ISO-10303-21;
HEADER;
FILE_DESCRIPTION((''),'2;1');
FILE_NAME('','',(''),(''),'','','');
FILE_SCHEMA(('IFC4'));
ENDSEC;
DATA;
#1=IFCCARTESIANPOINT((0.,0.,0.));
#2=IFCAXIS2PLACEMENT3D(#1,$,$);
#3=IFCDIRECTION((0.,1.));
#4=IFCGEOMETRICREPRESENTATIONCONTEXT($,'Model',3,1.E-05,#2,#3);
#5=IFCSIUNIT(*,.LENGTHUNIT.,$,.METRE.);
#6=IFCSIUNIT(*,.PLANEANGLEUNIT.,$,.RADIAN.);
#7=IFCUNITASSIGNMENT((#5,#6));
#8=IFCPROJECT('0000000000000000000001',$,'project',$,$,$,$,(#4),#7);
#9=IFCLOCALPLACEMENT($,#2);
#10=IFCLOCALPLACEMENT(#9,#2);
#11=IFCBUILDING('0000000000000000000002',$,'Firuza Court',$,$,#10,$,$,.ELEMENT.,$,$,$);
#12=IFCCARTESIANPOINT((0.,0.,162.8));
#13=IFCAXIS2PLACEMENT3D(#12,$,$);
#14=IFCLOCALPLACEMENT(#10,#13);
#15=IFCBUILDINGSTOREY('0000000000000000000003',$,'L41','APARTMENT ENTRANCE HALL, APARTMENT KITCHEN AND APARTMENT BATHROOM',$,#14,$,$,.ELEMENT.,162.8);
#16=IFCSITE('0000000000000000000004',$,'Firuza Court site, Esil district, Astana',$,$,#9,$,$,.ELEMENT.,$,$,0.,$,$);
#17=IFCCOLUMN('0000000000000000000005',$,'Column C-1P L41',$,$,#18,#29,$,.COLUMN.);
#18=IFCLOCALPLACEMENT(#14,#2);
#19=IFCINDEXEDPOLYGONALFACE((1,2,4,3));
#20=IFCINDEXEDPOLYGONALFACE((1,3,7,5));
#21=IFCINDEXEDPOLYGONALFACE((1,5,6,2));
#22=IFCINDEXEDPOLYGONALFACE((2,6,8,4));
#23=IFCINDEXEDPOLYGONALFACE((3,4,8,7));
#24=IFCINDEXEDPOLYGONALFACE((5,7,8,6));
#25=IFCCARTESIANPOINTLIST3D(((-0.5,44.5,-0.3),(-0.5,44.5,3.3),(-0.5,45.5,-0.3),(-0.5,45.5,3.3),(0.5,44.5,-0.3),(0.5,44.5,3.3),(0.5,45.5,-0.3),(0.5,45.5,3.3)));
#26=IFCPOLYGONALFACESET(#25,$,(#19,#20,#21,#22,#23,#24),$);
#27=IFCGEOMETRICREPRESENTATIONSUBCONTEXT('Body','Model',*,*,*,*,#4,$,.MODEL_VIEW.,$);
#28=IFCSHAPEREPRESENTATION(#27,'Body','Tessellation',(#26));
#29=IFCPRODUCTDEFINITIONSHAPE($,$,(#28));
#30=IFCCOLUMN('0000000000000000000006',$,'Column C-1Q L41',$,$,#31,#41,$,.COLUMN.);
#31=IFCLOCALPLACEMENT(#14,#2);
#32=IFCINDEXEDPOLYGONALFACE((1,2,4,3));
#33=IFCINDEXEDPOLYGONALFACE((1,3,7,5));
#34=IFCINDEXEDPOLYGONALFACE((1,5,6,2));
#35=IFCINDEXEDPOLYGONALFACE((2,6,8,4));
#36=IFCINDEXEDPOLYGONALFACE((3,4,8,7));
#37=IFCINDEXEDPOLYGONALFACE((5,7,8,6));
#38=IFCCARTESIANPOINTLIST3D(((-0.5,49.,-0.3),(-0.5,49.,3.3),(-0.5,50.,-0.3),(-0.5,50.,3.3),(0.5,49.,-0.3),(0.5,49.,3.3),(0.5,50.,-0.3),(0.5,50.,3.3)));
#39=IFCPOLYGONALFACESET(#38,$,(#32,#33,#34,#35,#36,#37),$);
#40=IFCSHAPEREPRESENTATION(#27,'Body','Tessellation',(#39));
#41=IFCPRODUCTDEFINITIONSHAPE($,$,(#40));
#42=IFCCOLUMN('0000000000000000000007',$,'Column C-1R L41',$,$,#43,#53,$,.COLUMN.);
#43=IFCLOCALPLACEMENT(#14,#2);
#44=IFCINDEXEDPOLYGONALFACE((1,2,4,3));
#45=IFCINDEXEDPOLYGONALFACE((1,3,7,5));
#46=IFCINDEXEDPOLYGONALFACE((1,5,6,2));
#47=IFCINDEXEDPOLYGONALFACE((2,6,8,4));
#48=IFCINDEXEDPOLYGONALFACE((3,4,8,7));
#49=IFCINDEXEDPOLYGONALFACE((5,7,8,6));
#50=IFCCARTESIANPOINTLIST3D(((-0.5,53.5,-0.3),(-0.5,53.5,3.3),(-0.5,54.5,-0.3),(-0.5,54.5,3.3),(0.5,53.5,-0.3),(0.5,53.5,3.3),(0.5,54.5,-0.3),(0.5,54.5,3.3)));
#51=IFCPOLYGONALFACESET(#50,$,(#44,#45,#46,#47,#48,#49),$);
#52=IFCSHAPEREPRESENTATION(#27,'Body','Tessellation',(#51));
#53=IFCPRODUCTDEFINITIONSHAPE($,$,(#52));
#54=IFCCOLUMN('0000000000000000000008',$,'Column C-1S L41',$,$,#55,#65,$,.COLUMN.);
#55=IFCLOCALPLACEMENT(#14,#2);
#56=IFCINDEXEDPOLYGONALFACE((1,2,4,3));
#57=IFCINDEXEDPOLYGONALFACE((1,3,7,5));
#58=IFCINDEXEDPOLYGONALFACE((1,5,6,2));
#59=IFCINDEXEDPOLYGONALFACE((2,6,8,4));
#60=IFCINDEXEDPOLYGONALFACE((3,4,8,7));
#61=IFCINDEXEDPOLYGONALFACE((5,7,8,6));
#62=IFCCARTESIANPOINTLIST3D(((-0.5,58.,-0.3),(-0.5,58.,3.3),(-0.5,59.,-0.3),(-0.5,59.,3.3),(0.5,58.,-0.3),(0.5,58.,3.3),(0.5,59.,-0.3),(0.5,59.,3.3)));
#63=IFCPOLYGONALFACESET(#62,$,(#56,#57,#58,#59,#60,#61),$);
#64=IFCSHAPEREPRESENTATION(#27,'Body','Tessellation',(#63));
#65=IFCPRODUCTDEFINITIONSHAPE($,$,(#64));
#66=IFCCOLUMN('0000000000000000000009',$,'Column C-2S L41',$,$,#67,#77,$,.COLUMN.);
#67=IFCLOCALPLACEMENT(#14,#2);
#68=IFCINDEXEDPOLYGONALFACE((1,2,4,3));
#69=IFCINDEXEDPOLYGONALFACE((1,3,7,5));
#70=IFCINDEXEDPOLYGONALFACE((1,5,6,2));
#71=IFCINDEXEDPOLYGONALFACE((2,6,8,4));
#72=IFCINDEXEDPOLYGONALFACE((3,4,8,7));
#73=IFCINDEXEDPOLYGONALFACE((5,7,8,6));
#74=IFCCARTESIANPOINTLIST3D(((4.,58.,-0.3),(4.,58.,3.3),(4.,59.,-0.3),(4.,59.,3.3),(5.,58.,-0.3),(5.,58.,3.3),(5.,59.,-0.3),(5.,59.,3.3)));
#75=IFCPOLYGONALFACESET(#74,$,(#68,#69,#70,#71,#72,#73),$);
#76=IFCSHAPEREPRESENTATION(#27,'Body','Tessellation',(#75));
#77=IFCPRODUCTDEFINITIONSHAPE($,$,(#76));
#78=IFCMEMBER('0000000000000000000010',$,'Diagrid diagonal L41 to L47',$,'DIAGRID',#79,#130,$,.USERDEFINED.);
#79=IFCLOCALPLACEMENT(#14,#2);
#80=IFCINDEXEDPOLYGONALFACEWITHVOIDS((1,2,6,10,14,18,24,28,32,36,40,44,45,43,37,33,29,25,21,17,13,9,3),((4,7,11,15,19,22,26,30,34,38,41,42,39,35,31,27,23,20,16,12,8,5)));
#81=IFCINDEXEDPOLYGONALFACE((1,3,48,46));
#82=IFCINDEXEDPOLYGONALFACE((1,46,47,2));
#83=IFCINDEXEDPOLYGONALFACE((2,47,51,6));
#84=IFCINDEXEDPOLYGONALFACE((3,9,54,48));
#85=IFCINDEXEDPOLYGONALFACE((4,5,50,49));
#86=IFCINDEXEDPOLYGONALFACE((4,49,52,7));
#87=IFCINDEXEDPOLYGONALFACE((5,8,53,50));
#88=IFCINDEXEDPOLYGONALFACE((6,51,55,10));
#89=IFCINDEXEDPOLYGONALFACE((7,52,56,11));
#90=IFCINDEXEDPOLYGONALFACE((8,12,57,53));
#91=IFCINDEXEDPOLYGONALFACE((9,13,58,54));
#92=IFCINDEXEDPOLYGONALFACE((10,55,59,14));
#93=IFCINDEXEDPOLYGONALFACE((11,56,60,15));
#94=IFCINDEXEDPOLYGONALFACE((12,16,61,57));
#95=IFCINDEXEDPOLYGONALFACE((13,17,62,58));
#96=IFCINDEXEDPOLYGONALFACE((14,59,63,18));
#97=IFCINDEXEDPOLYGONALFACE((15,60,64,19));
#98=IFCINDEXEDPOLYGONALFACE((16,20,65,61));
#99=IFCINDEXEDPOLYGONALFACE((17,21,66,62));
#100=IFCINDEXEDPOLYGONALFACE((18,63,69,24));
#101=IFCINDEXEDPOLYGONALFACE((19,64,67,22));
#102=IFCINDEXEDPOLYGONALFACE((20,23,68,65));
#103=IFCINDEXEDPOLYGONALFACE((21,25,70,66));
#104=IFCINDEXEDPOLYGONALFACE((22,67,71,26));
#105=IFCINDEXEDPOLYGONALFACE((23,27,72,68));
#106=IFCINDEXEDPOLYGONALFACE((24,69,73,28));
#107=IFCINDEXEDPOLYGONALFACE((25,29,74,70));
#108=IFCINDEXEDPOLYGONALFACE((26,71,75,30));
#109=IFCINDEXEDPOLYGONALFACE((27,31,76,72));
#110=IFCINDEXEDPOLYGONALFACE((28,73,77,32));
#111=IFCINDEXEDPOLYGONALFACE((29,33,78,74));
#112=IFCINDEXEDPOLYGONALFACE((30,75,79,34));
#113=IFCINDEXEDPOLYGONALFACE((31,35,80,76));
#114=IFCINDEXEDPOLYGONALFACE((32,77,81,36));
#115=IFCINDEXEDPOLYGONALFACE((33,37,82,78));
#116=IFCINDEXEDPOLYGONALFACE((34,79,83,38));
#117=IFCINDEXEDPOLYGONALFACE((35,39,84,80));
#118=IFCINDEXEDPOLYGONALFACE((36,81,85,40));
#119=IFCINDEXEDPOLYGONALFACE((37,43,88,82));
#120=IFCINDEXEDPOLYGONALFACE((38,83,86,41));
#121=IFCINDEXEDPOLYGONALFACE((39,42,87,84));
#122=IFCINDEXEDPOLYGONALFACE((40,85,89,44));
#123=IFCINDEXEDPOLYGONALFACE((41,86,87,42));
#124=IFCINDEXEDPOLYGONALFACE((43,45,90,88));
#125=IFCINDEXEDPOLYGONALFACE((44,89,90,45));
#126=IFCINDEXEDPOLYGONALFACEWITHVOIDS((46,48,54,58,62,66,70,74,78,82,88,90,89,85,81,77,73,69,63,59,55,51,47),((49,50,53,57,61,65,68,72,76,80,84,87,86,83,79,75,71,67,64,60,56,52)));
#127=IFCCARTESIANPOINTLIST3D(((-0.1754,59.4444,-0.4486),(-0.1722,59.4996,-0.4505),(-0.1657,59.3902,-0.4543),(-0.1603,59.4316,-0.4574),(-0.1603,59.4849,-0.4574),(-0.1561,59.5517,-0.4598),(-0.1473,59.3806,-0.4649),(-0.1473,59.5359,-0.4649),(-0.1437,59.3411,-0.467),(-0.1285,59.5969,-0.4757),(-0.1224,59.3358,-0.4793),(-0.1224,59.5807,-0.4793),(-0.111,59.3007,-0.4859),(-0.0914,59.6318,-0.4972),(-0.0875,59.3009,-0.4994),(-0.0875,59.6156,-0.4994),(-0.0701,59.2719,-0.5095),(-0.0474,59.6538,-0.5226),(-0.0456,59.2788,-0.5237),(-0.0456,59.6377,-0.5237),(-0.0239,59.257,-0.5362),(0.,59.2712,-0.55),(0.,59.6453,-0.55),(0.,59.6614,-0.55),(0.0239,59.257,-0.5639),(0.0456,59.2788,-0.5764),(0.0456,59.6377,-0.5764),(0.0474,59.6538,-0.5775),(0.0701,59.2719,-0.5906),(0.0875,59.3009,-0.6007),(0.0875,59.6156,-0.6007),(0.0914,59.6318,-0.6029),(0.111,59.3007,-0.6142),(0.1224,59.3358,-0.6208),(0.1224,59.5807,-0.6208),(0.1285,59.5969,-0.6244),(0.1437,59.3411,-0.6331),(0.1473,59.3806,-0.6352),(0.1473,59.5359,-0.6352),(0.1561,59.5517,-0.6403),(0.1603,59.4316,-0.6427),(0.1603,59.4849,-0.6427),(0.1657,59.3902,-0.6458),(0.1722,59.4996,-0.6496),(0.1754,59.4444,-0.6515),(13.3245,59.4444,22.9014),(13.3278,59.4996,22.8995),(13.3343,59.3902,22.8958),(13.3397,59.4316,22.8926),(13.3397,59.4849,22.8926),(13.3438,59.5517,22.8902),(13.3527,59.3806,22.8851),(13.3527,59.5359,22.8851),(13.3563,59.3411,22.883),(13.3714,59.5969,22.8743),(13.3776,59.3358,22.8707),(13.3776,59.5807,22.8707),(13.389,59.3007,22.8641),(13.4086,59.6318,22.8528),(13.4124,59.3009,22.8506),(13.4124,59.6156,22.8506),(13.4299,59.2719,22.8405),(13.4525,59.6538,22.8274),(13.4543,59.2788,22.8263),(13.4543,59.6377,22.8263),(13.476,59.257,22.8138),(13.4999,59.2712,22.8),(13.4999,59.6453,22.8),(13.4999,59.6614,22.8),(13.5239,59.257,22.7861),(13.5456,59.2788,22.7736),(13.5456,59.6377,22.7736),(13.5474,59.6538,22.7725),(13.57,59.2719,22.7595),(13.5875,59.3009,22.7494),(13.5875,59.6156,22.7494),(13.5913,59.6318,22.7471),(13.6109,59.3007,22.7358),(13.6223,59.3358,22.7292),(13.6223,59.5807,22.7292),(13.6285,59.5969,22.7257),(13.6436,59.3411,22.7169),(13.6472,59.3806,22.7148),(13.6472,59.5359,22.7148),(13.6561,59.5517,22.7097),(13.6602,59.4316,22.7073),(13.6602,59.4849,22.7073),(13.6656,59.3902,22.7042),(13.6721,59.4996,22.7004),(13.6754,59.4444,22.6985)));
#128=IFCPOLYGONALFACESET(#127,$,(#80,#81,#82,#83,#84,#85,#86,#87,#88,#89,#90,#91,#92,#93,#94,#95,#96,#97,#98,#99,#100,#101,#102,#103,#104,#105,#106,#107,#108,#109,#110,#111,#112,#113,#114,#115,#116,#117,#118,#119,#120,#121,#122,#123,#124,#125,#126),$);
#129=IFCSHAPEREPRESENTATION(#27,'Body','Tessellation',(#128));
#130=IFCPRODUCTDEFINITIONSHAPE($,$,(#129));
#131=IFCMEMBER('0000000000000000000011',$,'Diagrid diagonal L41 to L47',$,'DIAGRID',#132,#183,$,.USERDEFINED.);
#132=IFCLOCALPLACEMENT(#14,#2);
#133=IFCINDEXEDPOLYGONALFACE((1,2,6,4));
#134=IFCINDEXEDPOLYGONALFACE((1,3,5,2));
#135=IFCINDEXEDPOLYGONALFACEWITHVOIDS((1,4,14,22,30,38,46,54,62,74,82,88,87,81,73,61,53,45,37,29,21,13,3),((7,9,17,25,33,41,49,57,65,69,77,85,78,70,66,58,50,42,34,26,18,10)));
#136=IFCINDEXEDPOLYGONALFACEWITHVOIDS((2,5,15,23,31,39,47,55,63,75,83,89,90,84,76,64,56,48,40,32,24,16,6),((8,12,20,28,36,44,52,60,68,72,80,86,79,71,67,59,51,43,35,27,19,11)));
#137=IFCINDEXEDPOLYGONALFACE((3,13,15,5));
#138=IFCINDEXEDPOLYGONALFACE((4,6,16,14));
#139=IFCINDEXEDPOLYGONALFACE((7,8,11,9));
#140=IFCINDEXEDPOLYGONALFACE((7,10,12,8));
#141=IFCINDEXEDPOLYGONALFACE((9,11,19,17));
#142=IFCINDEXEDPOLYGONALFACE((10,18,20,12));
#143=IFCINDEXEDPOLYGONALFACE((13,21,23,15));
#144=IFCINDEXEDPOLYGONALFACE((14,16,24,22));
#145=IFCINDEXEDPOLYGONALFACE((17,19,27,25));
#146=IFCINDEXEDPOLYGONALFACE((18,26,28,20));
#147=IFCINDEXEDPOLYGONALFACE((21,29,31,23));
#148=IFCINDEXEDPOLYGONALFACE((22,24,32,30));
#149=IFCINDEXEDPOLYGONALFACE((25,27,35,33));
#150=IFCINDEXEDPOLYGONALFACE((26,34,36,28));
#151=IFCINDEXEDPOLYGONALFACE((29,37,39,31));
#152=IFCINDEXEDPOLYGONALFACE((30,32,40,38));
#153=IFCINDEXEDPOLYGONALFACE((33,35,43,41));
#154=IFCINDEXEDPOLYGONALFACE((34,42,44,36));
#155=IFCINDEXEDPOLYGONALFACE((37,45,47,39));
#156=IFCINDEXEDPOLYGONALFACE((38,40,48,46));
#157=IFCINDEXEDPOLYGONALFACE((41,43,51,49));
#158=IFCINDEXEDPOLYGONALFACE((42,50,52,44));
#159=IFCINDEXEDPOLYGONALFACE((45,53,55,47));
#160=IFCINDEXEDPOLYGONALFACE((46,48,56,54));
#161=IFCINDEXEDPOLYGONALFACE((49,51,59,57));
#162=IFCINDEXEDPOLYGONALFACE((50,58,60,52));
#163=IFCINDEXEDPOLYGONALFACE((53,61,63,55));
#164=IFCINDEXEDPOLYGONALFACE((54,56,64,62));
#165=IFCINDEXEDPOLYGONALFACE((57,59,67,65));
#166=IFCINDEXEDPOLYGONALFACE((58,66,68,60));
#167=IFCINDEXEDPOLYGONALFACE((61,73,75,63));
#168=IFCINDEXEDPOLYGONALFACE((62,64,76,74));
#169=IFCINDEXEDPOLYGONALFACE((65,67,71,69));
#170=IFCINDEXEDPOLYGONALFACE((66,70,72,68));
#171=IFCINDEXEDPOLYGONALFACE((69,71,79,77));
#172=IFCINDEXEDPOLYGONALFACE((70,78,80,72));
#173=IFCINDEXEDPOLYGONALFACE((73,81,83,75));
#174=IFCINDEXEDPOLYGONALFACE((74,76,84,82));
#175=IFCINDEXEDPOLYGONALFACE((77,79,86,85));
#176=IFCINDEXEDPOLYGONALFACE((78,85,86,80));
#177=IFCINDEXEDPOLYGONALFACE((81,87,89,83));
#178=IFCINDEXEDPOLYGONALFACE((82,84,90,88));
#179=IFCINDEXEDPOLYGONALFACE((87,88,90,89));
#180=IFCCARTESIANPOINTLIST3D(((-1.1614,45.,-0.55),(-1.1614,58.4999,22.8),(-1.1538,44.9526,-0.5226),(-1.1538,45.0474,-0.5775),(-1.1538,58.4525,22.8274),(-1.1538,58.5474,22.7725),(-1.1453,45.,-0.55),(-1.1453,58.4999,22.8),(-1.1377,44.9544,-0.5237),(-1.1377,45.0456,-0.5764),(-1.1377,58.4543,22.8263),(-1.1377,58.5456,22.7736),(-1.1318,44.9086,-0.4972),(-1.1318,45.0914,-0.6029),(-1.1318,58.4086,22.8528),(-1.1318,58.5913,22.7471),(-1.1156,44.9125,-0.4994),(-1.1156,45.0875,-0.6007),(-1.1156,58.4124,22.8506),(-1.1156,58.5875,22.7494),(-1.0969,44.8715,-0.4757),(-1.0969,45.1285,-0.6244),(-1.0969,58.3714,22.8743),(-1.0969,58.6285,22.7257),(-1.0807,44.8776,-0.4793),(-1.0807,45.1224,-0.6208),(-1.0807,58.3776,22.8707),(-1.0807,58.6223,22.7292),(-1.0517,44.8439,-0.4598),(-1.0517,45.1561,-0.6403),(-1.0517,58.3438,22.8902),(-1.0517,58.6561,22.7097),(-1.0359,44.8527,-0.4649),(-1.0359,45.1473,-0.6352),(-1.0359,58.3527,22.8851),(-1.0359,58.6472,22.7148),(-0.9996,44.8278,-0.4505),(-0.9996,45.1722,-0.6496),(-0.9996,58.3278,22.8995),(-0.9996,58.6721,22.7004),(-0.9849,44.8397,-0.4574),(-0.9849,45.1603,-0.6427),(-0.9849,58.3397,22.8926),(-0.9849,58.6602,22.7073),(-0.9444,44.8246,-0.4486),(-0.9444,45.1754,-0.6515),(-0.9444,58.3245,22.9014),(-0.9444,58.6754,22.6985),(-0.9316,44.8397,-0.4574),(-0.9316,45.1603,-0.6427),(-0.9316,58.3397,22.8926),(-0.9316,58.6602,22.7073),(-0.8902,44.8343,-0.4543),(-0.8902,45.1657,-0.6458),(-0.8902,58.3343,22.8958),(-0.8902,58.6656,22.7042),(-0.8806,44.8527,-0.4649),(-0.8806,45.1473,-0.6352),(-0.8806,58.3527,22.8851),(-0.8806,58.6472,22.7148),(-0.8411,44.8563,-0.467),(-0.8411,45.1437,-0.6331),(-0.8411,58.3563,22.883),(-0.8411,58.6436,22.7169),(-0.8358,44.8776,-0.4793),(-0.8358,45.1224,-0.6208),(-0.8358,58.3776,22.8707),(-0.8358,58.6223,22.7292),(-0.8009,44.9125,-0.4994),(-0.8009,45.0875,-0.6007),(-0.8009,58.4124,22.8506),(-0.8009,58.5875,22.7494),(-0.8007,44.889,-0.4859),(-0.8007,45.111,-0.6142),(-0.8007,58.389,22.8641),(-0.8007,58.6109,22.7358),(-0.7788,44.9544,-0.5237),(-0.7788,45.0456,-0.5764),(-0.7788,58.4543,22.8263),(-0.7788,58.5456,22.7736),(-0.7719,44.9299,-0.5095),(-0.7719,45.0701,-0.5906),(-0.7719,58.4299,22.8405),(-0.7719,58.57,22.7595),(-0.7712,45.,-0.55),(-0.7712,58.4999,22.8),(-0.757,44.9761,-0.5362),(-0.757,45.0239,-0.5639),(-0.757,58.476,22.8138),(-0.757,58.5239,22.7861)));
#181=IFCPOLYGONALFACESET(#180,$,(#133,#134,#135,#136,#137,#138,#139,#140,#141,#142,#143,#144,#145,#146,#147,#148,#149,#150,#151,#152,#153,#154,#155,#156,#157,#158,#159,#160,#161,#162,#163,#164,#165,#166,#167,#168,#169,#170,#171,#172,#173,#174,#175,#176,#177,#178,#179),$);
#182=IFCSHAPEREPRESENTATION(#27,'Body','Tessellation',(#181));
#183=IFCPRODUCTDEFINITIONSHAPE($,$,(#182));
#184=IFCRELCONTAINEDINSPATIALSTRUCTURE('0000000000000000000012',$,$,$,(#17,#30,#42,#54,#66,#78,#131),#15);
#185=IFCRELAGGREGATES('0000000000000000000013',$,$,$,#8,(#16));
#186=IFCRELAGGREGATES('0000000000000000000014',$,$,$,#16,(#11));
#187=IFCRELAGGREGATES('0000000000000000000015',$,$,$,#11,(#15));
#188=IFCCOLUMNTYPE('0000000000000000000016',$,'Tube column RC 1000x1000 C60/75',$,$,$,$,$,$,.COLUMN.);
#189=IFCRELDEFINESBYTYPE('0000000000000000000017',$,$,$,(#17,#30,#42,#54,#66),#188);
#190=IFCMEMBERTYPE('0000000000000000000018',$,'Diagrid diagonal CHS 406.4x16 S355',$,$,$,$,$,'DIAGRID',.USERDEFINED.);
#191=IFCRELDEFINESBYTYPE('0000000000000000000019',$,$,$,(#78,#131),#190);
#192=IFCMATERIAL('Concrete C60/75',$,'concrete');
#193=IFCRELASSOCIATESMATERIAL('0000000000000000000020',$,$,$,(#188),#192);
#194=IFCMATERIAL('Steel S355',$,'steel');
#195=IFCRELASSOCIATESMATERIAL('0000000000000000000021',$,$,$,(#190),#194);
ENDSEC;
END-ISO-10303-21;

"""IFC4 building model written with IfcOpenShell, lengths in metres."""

from ifc_helpers import new_model, si_unit, direction, frame, origin, origin_2d, place, context, subcontext, project, spatial, rectangle, hollow_circle, extrude, material, material_profile, profile_set, type_object, element, save


model = new_model("IFC4")

# Units and contexts
model_context = context("Model", 3, precision=1e-05, world=origin(), true_north=direction((0.0, 1.0)))
body_context = subcontext(model_context, "Body", "Model", "MODEL_VIEW")
ifc_project = project(units=[si_unit("LENGTHUNIT", "METRE"), si_unit("PLANEANGLEUNIT", "RADIAN")], contexts=[model_context])

# Site, building, storey
site_placement = place(None, origin())
site = spatial("IfcSite", under=ifc_project, at=site_placement, Name="Firuza Court site, Esil district, Astana", CompositionType="ELEMENT", RefElevation=0.0)
building_placement = place(site_placement, origin())
building = spatial("IfcBuilding", under=site, at=building_placement, Name="Firuza Court", CompositionType="ELEMENT")
storey_placement = place(building_placement, frame((0.0, 0.0, 162.8)))
storey = spatial("IfcBuildingStorey", under=building, at=storey_placement, Name="L41", Description="APARTMENT ENTRANCE HALL, APARTMENT KITCHEN AND APARTMENT BATHROOM", CompositionType="ELEMENT", Elevation=162.8)

# Columns
ifc_material_1 = material(Name="Concrete C60/75", Category="concrete")
ifc_material_profile_1 = material_profile(ifc_material_1, rectangle(XDim=1.0, YDim=1.0, at=origin_2d()), Name="RC 1000x1000")
ifc_profile_set_1 = profile_set([ifc_material_profile_1], Name="Concrete C60/75")
column_type = type_object("IfcColumnType", Name="Tube column RC 1000x1000 C60/75", PredefinedType="COLUMN", material=ifc_profile_set_1)
for number, where, z_axis, x_axis, name in (
    (1, (0.0, 45.0, -0.3), (0.0, 0.0, 1.0), (1.0, 0.0, 0.0), "Column C-1P L41"),
    (2, (0.0, 49.5, -0.3), (0.0, 0.0, 1.0), (1.0, 0.0, 0.0), "Column C-1Q L41"),
    (3, (0.0, 54.0, -0.3), (0.0, 0.0, 1.0), (1.0, 0.0, 0.0), "Column C-1R L41"),
    (4, (0.0, 58.5, -0.3), (0.0, 0.0, 1.0), (1.0, 0.0, 0.0), "Column C-1S L41"),
    (5, (4.5, 58.5, -0.3), (0.0, 0.0, 1.0), (1.0, 0.0, 0.0), "Column C-2S L41"),
):
    element("IfcColumn", number, at=place(storey_placement, frame(where, z_axis=z_axis, x_axis=x_axis)), inside=storey, type_object=column_type, Name=name, PredefinedType="COLUMN", context=body_context, shape_type="SweptSolid", body=[
        extrude(rectangle(XDim=1.0, YDim=1.0, at=origin_2d()), origin(), (0.0, 0.0, 1.0), 3.6001),
    ])

# Members
ifc_material_2 = material(Name="Steel S355", Category="steel")
ifc_material_profile_2 = material_profile(ifc_material_2, hollow_circle(Radius=0.2031, WallThickness=0.0161, at=origin_2d()), Name="CHS 406.4x16")
ifc_profile_set_2 = profile_set([ifc_material_profile_2], Name="Steel S355")
member_type = type_object("IfcMemberType", Name="Diagrid diagonal CHS 406.4x16 S355", ElementType="DIAGRID", PredefinedType="USERDEFINED", material=ifc_profile_set_2)
for number, where, z_axis, x_axis, name in (
    (6, (0.0, 59.4583, -0.55), (0.500523, 0.0, 0.865723), (0.0, 1.0, 0.0), "Diagrid diagonal L41 to L47"),
    (7, (-0.9583, 45.0, -0.55), (0.0, 0.500523, 0.865723), (-1.0, 0.0, 0.0), "Diagrid diagonal L41 to L47"),
):
    element("IfcMember", number, at=place(storey_placement, frame(where, z_axis=z_axis, x_axis=x_axis)), inside=storey, type_object=member_type, Name=name, ObjectType="DIAGRID", PredefinedType="USERDEFINED", context=body_context, shape_type="SweptSolid", body=[
        extrude(hollow_circle(Radius=0.2031, WallThickness=0.0161, at=origin_2d()), origin(), (0.0, 0.0, 1.0), 26.9717),
    ])

save(model, "model.ifc")
